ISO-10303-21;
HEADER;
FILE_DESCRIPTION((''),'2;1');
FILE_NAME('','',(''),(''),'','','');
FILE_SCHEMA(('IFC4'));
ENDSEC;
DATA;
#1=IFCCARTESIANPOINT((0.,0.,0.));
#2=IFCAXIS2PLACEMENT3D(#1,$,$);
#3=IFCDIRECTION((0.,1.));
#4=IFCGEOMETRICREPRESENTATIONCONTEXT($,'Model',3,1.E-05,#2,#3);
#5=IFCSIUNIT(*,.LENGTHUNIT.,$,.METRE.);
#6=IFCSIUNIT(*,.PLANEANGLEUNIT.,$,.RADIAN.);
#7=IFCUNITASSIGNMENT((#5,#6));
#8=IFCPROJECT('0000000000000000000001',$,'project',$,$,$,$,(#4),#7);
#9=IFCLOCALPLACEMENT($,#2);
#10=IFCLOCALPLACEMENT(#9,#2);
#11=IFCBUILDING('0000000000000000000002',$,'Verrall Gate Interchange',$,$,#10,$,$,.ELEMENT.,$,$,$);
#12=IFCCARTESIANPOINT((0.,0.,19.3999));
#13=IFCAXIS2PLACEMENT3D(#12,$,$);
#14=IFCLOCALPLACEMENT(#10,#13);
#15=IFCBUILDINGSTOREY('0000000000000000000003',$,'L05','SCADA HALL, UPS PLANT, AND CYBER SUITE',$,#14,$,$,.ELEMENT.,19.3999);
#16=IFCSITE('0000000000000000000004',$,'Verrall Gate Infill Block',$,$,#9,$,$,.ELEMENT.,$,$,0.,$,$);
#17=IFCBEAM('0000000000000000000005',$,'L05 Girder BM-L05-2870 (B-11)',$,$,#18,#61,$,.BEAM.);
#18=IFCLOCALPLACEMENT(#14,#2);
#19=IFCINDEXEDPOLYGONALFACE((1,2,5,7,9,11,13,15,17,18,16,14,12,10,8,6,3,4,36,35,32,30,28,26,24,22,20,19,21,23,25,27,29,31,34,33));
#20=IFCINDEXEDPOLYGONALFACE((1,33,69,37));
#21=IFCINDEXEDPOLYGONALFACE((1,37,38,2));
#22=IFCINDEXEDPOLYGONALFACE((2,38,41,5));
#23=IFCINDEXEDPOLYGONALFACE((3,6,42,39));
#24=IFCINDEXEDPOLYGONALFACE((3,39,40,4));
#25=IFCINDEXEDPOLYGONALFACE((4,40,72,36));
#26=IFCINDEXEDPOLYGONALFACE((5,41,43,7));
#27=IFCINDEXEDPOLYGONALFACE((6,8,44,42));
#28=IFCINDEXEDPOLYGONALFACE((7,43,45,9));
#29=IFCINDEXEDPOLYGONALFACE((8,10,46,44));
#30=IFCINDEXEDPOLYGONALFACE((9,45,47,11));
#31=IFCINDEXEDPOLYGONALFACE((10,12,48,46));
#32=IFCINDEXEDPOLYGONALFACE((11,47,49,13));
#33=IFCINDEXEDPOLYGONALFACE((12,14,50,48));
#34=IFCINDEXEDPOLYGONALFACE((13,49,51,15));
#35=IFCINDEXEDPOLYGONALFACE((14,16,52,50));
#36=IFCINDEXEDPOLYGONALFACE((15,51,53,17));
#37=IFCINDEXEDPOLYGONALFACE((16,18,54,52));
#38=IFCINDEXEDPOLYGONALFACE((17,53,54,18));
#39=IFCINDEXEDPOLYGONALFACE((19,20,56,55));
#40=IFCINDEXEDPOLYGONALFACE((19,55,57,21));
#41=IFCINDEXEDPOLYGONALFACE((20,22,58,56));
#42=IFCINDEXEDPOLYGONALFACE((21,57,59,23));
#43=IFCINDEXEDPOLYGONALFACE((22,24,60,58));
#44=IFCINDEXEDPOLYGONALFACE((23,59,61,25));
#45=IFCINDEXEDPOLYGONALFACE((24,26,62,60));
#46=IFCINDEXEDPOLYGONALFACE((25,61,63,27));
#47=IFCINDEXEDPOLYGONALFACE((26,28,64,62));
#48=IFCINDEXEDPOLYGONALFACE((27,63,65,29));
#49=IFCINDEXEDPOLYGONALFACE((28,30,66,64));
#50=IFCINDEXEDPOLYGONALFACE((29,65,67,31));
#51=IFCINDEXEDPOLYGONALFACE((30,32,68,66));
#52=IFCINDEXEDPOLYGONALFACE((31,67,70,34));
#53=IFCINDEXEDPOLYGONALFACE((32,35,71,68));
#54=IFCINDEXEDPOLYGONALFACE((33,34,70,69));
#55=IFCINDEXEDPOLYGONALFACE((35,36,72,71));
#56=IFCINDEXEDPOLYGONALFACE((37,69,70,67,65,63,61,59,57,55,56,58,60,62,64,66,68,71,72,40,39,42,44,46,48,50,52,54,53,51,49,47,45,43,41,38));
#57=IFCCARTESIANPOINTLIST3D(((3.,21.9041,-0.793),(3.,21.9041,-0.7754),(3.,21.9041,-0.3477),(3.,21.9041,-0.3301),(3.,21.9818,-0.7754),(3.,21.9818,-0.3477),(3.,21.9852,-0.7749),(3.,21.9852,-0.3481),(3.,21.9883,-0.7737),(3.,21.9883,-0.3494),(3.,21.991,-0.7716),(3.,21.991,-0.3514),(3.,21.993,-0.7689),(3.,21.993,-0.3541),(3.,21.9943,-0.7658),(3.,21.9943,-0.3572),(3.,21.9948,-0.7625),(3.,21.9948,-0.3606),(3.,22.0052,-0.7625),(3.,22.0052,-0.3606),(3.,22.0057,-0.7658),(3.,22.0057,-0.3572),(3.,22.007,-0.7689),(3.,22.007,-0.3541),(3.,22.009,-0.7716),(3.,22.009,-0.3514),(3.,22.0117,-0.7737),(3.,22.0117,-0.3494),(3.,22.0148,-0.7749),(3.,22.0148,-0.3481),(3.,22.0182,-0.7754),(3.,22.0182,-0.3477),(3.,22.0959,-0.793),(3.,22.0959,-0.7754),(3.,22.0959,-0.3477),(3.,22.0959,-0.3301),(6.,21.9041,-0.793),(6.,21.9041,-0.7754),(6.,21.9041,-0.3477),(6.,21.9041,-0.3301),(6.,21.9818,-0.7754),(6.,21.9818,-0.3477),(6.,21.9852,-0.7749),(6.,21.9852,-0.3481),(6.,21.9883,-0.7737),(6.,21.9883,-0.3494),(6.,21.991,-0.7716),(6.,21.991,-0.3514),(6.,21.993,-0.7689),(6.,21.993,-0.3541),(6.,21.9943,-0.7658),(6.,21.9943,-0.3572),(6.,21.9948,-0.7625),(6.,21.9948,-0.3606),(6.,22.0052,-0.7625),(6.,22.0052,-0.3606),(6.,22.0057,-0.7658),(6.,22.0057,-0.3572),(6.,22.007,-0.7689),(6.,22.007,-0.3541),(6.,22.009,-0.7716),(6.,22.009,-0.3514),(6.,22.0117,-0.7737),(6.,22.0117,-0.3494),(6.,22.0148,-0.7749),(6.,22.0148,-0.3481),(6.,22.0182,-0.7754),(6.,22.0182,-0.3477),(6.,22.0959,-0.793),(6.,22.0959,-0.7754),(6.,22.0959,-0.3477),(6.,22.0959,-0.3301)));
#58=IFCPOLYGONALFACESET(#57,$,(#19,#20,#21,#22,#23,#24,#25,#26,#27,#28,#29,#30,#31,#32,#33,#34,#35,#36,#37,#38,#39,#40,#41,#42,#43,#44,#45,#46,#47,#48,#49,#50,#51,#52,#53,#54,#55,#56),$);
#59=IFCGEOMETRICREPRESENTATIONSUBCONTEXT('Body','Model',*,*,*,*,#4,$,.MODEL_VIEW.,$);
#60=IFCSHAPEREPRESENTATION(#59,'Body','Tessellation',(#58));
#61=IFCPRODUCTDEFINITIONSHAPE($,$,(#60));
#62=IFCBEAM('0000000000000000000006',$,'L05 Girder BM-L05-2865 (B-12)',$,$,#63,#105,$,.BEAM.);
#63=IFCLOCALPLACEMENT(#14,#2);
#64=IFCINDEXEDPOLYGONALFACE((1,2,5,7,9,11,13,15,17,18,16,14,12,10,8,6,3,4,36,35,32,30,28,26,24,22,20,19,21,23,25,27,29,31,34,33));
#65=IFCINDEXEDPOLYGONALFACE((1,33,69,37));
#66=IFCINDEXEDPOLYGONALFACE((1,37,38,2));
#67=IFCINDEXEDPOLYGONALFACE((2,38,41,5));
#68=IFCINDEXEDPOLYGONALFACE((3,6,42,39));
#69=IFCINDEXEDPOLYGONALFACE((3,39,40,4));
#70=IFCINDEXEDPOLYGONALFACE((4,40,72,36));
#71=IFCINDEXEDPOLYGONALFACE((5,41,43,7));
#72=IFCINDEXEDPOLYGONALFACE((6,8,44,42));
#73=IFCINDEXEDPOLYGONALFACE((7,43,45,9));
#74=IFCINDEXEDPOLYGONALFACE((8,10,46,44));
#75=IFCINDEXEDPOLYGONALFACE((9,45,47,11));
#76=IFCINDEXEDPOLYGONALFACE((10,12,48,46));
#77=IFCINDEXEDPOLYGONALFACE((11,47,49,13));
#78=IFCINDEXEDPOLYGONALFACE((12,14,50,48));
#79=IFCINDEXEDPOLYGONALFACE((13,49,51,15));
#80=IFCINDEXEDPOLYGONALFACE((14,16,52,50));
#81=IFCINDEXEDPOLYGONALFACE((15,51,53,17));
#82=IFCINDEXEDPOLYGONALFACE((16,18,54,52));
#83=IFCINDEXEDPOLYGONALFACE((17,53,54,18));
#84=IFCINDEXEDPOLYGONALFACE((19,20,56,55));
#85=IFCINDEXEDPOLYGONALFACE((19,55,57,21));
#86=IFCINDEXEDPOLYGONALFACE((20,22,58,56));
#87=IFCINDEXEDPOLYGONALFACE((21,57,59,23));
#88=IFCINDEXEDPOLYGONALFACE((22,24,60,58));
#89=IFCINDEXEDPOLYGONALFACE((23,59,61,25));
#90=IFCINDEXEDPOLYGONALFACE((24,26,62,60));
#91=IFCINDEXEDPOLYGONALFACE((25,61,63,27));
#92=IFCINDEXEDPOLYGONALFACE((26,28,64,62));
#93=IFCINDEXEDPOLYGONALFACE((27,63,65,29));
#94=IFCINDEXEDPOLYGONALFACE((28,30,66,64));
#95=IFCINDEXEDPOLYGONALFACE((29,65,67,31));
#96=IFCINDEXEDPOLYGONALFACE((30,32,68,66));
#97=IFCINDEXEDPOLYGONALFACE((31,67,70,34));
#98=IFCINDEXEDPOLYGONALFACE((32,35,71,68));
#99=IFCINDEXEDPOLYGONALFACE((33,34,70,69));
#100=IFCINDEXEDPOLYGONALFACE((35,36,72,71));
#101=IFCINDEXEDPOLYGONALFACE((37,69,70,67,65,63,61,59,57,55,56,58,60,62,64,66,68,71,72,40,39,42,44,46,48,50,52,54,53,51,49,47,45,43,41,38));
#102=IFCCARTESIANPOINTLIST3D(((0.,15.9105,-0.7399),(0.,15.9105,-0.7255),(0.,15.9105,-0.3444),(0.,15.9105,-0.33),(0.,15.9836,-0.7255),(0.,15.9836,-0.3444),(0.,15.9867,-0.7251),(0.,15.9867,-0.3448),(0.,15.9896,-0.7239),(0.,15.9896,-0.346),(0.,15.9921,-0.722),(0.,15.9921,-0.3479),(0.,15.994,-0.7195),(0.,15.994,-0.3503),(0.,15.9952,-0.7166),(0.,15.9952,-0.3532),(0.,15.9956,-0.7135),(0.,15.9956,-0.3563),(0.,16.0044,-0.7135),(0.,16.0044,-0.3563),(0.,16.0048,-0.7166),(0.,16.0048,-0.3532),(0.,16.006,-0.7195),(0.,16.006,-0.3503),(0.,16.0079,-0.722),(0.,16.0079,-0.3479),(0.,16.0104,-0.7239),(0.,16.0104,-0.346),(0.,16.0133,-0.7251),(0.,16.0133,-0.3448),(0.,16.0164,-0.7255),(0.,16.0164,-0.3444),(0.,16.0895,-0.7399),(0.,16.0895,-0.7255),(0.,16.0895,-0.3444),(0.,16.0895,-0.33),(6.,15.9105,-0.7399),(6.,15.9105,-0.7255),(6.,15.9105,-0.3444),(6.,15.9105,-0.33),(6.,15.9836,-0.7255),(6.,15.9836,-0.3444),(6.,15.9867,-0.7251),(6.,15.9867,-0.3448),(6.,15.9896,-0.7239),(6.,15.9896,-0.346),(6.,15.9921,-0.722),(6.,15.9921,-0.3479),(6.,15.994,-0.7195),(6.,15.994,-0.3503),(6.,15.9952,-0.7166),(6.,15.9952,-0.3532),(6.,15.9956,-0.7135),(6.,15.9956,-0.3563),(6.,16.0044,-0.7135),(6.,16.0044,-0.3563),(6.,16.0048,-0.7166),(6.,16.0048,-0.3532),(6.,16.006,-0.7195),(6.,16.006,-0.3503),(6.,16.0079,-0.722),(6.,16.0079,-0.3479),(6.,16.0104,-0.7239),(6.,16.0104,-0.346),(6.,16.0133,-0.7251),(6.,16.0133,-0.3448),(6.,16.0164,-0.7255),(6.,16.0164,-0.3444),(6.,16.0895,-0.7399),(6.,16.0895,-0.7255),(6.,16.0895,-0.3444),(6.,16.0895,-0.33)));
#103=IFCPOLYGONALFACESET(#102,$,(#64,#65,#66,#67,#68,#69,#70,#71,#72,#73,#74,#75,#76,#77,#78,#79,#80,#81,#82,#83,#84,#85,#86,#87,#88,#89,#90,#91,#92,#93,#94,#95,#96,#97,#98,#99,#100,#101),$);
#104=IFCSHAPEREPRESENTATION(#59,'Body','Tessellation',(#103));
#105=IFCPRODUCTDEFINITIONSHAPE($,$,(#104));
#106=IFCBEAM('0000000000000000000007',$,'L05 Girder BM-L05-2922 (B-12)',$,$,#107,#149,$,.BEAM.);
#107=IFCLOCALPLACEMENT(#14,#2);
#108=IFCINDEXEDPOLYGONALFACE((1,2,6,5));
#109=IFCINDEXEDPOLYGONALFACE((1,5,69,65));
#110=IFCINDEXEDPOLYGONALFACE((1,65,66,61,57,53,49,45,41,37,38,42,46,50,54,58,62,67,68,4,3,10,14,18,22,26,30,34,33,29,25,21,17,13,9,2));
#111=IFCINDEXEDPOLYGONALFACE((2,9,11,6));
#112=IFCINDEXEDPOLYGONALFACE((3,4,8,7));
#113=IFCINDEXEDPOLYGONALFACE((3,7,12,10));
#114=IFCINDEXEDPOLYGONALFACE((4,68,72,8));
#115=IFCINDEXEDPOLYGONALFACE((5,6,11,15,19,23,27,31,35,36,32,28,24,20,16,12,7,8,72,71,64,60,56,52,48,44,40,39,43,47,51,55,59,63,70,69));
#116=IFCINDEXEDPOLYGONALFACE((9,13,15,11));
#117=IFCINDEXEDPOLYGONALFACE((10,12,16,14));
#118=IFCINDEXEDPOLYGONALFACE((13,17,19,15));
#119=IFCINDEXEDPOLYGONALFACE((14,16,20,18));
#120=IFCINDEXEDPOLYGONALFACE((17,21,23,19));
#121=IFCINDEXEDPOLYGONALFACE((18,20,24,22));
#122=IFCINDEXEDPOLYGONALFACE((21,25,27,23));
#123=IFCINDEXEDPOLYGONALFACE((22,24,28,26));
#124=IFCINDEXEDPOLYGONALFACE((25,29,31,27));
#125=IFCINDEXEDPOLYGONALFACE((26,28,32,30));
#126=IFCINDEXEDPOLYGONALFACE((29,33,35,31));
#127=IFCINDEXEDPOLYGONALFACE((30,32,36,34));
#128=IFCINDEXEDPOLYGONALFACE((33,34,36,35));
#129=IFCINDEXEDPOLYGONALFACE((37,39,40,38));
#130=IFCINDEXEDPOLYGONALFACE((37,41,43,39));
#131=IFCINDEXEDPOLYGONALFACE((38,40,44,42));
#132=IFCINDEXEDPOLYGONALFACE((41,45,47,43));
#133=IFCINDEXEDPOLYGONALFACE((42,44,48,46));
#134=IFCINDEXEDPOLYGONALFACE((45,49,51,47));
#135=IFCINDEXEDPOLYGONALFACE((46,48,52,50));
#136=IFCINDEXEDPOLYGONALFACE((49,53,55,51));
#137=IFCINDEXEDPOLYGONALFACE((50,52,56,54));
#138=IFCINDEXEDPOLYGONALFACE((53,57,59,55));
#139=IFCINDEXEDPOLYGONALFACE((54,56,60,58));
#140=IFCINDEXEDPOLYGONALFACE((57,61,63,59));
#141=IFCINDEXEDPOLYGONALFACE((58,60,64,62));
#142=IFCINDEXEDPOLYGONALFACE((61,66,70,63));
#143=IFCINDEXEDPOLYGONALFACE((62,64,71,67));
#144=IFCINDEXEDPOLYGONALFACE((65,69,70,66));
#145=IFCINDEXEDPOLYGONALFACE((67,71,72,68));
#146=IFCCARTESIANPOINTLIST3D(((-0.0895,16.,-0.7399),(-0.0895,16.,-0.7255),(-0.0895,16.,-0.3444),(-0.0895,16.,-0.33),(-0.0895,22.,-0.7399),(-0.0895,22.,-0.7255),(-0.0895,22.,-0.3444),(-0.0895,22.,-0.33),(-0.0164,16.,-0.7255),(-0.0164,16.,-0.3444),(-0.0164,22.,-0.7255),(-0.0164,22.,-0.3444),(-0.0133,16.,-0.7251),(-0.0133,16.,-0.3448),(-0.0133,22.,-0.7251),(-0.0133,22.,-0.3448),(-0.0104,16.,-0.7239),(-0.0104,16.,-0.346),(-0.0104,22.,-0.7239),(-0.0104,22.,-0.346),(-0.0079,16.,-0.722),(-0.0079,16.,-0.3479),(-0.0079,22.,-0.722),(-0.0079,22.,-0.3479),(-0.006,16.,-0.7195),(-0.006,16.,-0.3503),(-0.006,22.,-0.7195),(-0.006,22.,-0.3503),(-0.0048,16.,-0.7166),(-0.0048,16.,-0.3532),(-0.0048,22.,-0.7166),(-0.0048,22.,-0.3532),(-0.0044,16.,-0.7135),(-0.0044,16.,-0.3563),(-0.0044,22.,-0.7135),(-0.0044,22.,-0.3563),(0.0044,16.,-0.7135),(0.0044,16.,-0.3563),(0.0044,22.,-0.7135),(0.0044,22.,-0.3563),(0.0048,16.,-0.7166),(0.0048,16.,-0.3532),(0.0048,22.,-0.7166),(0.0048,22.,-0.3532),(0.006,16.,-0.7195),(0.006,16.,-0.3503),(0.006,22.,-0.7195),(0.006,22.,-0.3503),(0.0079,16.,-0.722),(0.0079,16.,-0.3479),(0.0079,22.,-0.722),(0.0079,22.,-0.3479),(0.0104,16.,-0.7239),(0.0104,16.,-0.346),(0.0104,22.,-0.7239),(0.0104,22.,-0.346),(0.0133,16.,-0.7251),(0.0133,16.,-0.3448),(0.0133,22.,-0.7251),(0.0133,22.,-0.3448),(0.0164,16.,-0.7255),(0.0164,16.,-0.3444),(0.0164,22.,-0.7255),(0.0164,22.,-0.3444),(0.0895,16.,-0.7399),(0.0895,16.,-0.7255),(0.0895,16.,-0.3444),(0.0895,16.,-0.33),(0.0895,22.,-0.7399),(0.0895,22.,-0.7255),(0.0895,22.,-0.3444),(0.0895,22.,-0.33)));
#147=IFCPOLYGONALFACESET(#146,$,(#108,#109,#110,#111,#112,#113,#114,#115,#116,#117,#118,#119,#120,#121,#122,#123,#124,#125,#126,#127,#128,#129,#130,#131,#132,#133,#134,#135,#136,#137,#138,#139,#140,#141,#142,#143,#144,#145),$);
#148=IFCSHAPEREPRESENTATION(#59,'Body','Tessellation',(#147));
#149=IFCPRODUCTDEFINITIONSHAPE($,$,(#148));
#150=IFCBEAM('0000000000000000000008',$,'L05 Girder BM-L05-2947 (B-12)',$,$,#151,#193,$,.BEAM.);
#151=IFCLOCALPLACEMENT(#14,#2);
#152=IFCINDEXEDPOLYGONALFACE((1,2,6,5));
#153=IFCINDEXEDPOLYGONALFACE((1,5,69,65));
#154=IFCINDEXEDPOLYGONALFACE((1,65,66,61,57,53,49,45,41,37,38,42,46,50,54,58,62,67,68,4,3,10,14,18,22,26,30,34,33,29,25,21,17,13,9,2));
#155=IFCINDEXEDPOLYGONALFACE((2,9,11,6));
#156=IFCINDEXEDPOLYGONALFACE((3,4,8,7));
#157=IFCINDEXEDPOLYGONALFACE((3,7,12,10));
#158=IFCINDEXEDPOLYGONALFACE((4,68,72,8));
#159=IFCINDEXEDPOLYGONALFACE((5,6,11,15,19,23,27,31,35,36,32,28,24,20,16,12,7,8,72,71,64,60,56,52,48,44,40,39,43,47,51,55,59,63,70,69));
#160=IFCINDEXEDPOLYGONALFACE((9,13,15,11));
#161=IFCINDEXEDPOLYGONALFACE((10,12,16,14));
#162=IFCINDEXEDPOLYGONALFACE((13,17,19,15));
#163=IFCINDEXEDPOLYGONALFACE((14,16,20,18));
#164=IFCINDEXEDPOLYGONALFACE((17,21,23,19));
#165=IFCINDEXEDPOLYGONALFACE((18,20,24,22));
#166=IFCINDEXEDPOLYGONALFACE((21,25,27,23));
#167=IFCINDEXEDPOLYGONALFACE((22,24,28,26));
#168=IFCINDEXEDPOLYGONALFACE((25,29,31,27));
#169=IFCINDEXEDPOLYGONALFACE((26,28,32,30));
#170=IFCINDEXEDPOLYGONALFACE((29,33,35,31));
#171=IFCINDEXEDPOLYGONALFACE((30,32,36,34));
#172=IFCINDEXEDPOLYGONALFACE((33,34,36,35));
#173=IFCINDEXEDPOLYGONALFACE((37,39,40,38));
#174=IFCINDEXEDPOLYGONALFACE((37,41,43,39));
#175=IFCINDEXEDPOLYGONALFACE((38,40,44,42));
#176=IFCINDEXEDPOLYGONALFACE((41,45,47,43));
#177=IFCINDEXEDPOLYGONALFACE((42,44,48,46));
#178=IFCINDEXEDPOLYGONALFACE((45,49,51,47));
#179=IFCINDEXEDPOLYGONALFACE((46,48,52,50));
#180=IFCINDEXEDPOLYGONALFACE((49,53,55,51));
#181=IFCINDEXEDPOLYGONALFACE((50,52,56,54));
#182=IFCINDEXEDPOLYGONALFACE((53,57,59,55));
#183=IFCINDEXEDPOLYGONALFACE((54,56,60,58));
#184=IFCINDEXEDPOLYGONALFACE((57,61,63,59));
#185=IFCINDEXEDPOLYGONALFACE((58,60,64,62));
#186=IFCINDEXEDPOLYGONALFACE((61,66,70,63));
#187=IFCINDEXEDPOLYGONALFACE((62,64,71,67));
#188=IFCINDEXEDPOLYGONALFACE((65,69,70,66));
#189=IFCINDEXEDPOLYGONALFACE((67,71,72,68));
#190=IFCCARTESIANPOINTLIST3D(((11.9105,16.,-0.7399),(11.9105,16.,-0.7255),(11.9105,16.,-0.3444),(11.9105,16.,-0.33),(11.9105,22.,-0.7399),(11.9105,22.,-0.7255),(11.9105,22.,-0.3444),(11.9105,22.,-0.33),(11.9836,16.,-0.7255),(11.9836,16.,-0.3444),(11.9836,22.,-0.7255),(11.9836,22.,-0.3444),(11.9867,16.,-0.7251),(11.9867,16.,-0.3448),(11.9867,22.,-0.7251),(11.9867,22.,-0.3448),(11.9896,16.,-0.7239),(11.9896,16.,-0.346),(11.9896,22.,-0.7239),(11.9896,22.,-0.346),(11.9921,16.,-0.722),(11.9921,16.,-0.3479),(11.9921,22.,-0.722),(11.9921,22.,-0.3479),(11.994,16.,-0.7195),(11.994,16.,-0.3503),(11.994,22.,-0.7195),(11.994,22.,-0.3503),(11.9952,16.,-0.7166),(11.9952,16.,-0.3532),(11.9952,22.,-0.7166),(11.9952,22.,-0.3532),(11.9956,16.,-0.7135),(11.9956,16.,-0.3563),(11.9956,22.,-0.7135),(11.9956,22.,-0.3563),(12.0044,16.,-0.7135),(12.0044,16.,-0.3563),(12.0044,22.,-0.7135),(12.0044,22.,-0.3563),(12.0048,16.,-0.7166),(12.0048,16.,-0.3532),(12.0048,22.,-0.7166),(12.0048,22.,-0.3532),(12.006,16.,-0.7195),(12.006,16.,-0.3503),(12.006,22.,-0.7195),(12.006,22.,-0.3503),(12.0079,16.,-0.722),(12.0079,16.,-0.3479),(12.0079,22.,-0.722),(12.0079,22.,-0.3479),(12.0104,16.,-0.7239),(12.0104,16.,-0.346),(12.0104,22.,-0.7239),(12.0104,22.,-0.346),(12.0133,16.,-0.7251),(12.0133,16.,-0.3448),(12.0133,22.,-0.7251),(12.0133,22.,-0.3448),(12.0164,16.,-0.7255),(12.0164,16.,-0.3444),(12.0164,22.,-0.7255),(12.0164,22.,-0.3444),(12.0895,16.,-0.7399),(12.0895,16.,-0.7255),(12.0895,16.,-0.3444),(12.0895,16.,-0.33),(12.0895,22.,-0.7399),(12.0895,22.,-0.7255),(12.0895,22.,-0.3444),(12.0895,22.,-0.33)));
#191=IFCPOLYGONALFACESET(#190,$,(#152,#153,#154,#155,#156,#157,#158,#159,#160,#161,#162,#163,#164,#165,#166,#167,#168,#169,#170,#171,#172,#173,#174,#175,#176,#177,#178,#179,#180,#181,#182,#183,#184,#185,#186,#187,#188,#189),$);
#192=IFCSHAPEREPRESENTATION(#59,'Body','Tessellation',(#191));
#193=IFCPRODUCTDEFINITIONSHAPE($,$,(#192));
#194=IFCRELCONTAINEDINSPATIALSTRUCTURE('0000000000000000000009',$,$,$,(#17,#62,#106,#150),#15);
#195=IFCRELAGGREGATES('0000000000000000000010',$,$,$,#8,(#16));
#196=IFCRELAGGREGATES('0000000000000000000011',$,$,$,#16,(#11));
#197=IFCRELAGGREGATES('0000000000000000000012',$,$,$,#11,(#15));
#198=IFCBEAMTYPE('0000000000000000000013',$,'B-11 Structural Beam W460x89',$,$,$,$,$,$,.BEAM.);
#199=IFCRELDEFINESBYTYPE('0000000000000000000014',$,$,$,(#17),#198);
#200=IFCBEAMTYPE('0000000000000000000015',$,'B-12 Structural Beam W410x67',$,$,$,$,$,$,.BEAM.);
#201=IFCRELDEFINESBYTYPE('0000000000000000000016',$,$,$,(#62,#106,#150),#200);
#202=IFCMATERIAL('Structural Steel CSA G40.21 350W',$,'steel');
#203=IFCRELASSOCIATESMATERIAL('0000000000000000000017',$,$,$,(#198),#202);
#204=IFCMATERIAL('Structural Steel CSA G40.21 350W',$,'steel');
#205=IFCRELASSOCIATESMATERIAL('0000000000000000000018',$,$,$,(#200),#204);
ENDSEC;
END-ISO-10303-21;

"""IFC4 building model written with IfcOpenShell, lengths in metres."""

from ifc_helpers import new_model, si_unit, direction, frame, origin, origin_2d, place, context, subcontext, project, spatial, i_section, extrude, material, material_profile, profile_set, type_object, element, save


model = new_model("IFC4")

# Units and contexts
model_context = context("Model", 3, precision=1e-05, world=origin(), true_north=direction((0.0, 1.0)))
body_context = subcontext(model_context, "Body", "Model", "MODEL_VIEW")
ifc_project = project(units=[si_unit("LENGTHUNIT", "METRE"), si_unit("PLANEANGLEUNIT", "RADIAN")], contexts=[model_context])

# Site, building, storey
site_placement = place(None, origin())
site = spatial("IfcSite", under=ifc_project, at=site_placement, Name="Verrall Gate Infill Block", CompositionType="ELEMENT", RefElevation=0.0)
building_placement = place(site_placement, origin())
building = spatial("IfcBuilding", under=site, at=building_placement, Name="Verrall Gate Interchange", CompositionType="ELEMENT")
storey_placement = place(building_placement, frame((0.0, 0.0, 19.3999)))
storey = spatial("IfcBuildingStorey", under=building, at=storey_placement, Name="L05", Description="SCADA HALL, UPS PLANT, AND CYBER SUITE", CompositionType="ELEMENT", Elevation=19.3999)

# Beams
ifc_material_1 = material(Name="Structural Steel CSA G40.21 350W", Category="steel")
ifc_material_profile_1 = material_profile(ifc_material_1, i_section(OverallWidth=0.1919, OverallDepth=0.4629, WebThickness=0.0105, FlangeThickness=0.0176, FilletRadius=0.0129, at=origin_2d()), Name="W460x89")
ifc_profile_set_1 = profile_set([ifc_material_profile_1], Name="Structural Steel CSA G40.21 350W")
beam_type_1 = type_object("IfcBeamType", Name="B-11 Structural Beam W460x89", PredefinedType="BEAM", material=ifc_profile_set_1)
beam_1_placement = place(storey_placement, frame((3.0, 22.0, -0.5615), z_axis=(1.0, 0.0, 0.0), x_axis=(0.0, 1.0, 0.0)))
element("IfcBeam", 1, at=beam_1_placement, inside=storey, type_object=beam_type_1, Name="L05 Girder BM-L05-2870 (B-11)", PredefinedType="BEAM", context=body_context, shape_type="SweptSolid", body=[
    extrude(i_section(OverallWidth=0.1919, OverallDepth=0.4629, WebThickness=0.0105, FlangeThickness=0.0176, FilletRadius=0.0129, at=origin_2d()), origin(), (0.0, 0.0, 1.0), 3.0),
])
ifc_material_2 = material(Name="Structural Steel CSA G40.21 350W", Category="steel")
ifc_material_profile_2 = material_profile(ifc_material_2, i_section(OverallWidth=0.179, OverallDepth=0.4099, WebThickness=0.0088, FlangeThickness=0.0144, FilletRadius=0.012, at=origin_2d()), Name="W410x67")
ifc_profile_set_2 = profile_set([ifc_material_profile_2], Name="Structural Steel CSA G40.21 350W")
beam_type_2 = type_object("IfcBeamType", Name="B-12 Structural Beam W410x67", PredefinedType="BEAM", material=ifc_profile_set_2)
for number, where, z_axis, x_axis, name in (
    (2, (0.0, 16.0, -0.5349), (1.0, 0.0, 0.0), (0.0, 1.0, 0.0), "L05 Girder BM-L05-2865 (B-12)"),
    (3, (0.0, 16.0, -0.5349), (0.0, 1.0, 0.0), (-1.0, 0.0, 0.0), "L05 Girder BM-L05-2922 (B-12)"),
    (4, (12.0, 16.0, -0.5349), (0.0, 1.0, 0.0), (-1.0, 0.0, 0.0), "L05 Girder BM-L05-2947 (B-12)"),
):
    element("IfcBeam", number, at=place(storey_placement, frame(where, z_axis=z_axis, x_axis=x_axis)), inside=storey, type_object=beam_type_2, Name=name, PredefinedType="BEAM", context=body_context, shape_type="SweptSolid", body=[
        extrude(i_section(OverallWidth=0.179, OverallDepth=0.4099, WebThickness=0.0088, FlangeThickness=0.0144, FilletRadius=0.012, at=origin_2d()), origin(), (0.0, 0.0, 1.0), 6.0),
    ])

save(model, "model.ifc")
